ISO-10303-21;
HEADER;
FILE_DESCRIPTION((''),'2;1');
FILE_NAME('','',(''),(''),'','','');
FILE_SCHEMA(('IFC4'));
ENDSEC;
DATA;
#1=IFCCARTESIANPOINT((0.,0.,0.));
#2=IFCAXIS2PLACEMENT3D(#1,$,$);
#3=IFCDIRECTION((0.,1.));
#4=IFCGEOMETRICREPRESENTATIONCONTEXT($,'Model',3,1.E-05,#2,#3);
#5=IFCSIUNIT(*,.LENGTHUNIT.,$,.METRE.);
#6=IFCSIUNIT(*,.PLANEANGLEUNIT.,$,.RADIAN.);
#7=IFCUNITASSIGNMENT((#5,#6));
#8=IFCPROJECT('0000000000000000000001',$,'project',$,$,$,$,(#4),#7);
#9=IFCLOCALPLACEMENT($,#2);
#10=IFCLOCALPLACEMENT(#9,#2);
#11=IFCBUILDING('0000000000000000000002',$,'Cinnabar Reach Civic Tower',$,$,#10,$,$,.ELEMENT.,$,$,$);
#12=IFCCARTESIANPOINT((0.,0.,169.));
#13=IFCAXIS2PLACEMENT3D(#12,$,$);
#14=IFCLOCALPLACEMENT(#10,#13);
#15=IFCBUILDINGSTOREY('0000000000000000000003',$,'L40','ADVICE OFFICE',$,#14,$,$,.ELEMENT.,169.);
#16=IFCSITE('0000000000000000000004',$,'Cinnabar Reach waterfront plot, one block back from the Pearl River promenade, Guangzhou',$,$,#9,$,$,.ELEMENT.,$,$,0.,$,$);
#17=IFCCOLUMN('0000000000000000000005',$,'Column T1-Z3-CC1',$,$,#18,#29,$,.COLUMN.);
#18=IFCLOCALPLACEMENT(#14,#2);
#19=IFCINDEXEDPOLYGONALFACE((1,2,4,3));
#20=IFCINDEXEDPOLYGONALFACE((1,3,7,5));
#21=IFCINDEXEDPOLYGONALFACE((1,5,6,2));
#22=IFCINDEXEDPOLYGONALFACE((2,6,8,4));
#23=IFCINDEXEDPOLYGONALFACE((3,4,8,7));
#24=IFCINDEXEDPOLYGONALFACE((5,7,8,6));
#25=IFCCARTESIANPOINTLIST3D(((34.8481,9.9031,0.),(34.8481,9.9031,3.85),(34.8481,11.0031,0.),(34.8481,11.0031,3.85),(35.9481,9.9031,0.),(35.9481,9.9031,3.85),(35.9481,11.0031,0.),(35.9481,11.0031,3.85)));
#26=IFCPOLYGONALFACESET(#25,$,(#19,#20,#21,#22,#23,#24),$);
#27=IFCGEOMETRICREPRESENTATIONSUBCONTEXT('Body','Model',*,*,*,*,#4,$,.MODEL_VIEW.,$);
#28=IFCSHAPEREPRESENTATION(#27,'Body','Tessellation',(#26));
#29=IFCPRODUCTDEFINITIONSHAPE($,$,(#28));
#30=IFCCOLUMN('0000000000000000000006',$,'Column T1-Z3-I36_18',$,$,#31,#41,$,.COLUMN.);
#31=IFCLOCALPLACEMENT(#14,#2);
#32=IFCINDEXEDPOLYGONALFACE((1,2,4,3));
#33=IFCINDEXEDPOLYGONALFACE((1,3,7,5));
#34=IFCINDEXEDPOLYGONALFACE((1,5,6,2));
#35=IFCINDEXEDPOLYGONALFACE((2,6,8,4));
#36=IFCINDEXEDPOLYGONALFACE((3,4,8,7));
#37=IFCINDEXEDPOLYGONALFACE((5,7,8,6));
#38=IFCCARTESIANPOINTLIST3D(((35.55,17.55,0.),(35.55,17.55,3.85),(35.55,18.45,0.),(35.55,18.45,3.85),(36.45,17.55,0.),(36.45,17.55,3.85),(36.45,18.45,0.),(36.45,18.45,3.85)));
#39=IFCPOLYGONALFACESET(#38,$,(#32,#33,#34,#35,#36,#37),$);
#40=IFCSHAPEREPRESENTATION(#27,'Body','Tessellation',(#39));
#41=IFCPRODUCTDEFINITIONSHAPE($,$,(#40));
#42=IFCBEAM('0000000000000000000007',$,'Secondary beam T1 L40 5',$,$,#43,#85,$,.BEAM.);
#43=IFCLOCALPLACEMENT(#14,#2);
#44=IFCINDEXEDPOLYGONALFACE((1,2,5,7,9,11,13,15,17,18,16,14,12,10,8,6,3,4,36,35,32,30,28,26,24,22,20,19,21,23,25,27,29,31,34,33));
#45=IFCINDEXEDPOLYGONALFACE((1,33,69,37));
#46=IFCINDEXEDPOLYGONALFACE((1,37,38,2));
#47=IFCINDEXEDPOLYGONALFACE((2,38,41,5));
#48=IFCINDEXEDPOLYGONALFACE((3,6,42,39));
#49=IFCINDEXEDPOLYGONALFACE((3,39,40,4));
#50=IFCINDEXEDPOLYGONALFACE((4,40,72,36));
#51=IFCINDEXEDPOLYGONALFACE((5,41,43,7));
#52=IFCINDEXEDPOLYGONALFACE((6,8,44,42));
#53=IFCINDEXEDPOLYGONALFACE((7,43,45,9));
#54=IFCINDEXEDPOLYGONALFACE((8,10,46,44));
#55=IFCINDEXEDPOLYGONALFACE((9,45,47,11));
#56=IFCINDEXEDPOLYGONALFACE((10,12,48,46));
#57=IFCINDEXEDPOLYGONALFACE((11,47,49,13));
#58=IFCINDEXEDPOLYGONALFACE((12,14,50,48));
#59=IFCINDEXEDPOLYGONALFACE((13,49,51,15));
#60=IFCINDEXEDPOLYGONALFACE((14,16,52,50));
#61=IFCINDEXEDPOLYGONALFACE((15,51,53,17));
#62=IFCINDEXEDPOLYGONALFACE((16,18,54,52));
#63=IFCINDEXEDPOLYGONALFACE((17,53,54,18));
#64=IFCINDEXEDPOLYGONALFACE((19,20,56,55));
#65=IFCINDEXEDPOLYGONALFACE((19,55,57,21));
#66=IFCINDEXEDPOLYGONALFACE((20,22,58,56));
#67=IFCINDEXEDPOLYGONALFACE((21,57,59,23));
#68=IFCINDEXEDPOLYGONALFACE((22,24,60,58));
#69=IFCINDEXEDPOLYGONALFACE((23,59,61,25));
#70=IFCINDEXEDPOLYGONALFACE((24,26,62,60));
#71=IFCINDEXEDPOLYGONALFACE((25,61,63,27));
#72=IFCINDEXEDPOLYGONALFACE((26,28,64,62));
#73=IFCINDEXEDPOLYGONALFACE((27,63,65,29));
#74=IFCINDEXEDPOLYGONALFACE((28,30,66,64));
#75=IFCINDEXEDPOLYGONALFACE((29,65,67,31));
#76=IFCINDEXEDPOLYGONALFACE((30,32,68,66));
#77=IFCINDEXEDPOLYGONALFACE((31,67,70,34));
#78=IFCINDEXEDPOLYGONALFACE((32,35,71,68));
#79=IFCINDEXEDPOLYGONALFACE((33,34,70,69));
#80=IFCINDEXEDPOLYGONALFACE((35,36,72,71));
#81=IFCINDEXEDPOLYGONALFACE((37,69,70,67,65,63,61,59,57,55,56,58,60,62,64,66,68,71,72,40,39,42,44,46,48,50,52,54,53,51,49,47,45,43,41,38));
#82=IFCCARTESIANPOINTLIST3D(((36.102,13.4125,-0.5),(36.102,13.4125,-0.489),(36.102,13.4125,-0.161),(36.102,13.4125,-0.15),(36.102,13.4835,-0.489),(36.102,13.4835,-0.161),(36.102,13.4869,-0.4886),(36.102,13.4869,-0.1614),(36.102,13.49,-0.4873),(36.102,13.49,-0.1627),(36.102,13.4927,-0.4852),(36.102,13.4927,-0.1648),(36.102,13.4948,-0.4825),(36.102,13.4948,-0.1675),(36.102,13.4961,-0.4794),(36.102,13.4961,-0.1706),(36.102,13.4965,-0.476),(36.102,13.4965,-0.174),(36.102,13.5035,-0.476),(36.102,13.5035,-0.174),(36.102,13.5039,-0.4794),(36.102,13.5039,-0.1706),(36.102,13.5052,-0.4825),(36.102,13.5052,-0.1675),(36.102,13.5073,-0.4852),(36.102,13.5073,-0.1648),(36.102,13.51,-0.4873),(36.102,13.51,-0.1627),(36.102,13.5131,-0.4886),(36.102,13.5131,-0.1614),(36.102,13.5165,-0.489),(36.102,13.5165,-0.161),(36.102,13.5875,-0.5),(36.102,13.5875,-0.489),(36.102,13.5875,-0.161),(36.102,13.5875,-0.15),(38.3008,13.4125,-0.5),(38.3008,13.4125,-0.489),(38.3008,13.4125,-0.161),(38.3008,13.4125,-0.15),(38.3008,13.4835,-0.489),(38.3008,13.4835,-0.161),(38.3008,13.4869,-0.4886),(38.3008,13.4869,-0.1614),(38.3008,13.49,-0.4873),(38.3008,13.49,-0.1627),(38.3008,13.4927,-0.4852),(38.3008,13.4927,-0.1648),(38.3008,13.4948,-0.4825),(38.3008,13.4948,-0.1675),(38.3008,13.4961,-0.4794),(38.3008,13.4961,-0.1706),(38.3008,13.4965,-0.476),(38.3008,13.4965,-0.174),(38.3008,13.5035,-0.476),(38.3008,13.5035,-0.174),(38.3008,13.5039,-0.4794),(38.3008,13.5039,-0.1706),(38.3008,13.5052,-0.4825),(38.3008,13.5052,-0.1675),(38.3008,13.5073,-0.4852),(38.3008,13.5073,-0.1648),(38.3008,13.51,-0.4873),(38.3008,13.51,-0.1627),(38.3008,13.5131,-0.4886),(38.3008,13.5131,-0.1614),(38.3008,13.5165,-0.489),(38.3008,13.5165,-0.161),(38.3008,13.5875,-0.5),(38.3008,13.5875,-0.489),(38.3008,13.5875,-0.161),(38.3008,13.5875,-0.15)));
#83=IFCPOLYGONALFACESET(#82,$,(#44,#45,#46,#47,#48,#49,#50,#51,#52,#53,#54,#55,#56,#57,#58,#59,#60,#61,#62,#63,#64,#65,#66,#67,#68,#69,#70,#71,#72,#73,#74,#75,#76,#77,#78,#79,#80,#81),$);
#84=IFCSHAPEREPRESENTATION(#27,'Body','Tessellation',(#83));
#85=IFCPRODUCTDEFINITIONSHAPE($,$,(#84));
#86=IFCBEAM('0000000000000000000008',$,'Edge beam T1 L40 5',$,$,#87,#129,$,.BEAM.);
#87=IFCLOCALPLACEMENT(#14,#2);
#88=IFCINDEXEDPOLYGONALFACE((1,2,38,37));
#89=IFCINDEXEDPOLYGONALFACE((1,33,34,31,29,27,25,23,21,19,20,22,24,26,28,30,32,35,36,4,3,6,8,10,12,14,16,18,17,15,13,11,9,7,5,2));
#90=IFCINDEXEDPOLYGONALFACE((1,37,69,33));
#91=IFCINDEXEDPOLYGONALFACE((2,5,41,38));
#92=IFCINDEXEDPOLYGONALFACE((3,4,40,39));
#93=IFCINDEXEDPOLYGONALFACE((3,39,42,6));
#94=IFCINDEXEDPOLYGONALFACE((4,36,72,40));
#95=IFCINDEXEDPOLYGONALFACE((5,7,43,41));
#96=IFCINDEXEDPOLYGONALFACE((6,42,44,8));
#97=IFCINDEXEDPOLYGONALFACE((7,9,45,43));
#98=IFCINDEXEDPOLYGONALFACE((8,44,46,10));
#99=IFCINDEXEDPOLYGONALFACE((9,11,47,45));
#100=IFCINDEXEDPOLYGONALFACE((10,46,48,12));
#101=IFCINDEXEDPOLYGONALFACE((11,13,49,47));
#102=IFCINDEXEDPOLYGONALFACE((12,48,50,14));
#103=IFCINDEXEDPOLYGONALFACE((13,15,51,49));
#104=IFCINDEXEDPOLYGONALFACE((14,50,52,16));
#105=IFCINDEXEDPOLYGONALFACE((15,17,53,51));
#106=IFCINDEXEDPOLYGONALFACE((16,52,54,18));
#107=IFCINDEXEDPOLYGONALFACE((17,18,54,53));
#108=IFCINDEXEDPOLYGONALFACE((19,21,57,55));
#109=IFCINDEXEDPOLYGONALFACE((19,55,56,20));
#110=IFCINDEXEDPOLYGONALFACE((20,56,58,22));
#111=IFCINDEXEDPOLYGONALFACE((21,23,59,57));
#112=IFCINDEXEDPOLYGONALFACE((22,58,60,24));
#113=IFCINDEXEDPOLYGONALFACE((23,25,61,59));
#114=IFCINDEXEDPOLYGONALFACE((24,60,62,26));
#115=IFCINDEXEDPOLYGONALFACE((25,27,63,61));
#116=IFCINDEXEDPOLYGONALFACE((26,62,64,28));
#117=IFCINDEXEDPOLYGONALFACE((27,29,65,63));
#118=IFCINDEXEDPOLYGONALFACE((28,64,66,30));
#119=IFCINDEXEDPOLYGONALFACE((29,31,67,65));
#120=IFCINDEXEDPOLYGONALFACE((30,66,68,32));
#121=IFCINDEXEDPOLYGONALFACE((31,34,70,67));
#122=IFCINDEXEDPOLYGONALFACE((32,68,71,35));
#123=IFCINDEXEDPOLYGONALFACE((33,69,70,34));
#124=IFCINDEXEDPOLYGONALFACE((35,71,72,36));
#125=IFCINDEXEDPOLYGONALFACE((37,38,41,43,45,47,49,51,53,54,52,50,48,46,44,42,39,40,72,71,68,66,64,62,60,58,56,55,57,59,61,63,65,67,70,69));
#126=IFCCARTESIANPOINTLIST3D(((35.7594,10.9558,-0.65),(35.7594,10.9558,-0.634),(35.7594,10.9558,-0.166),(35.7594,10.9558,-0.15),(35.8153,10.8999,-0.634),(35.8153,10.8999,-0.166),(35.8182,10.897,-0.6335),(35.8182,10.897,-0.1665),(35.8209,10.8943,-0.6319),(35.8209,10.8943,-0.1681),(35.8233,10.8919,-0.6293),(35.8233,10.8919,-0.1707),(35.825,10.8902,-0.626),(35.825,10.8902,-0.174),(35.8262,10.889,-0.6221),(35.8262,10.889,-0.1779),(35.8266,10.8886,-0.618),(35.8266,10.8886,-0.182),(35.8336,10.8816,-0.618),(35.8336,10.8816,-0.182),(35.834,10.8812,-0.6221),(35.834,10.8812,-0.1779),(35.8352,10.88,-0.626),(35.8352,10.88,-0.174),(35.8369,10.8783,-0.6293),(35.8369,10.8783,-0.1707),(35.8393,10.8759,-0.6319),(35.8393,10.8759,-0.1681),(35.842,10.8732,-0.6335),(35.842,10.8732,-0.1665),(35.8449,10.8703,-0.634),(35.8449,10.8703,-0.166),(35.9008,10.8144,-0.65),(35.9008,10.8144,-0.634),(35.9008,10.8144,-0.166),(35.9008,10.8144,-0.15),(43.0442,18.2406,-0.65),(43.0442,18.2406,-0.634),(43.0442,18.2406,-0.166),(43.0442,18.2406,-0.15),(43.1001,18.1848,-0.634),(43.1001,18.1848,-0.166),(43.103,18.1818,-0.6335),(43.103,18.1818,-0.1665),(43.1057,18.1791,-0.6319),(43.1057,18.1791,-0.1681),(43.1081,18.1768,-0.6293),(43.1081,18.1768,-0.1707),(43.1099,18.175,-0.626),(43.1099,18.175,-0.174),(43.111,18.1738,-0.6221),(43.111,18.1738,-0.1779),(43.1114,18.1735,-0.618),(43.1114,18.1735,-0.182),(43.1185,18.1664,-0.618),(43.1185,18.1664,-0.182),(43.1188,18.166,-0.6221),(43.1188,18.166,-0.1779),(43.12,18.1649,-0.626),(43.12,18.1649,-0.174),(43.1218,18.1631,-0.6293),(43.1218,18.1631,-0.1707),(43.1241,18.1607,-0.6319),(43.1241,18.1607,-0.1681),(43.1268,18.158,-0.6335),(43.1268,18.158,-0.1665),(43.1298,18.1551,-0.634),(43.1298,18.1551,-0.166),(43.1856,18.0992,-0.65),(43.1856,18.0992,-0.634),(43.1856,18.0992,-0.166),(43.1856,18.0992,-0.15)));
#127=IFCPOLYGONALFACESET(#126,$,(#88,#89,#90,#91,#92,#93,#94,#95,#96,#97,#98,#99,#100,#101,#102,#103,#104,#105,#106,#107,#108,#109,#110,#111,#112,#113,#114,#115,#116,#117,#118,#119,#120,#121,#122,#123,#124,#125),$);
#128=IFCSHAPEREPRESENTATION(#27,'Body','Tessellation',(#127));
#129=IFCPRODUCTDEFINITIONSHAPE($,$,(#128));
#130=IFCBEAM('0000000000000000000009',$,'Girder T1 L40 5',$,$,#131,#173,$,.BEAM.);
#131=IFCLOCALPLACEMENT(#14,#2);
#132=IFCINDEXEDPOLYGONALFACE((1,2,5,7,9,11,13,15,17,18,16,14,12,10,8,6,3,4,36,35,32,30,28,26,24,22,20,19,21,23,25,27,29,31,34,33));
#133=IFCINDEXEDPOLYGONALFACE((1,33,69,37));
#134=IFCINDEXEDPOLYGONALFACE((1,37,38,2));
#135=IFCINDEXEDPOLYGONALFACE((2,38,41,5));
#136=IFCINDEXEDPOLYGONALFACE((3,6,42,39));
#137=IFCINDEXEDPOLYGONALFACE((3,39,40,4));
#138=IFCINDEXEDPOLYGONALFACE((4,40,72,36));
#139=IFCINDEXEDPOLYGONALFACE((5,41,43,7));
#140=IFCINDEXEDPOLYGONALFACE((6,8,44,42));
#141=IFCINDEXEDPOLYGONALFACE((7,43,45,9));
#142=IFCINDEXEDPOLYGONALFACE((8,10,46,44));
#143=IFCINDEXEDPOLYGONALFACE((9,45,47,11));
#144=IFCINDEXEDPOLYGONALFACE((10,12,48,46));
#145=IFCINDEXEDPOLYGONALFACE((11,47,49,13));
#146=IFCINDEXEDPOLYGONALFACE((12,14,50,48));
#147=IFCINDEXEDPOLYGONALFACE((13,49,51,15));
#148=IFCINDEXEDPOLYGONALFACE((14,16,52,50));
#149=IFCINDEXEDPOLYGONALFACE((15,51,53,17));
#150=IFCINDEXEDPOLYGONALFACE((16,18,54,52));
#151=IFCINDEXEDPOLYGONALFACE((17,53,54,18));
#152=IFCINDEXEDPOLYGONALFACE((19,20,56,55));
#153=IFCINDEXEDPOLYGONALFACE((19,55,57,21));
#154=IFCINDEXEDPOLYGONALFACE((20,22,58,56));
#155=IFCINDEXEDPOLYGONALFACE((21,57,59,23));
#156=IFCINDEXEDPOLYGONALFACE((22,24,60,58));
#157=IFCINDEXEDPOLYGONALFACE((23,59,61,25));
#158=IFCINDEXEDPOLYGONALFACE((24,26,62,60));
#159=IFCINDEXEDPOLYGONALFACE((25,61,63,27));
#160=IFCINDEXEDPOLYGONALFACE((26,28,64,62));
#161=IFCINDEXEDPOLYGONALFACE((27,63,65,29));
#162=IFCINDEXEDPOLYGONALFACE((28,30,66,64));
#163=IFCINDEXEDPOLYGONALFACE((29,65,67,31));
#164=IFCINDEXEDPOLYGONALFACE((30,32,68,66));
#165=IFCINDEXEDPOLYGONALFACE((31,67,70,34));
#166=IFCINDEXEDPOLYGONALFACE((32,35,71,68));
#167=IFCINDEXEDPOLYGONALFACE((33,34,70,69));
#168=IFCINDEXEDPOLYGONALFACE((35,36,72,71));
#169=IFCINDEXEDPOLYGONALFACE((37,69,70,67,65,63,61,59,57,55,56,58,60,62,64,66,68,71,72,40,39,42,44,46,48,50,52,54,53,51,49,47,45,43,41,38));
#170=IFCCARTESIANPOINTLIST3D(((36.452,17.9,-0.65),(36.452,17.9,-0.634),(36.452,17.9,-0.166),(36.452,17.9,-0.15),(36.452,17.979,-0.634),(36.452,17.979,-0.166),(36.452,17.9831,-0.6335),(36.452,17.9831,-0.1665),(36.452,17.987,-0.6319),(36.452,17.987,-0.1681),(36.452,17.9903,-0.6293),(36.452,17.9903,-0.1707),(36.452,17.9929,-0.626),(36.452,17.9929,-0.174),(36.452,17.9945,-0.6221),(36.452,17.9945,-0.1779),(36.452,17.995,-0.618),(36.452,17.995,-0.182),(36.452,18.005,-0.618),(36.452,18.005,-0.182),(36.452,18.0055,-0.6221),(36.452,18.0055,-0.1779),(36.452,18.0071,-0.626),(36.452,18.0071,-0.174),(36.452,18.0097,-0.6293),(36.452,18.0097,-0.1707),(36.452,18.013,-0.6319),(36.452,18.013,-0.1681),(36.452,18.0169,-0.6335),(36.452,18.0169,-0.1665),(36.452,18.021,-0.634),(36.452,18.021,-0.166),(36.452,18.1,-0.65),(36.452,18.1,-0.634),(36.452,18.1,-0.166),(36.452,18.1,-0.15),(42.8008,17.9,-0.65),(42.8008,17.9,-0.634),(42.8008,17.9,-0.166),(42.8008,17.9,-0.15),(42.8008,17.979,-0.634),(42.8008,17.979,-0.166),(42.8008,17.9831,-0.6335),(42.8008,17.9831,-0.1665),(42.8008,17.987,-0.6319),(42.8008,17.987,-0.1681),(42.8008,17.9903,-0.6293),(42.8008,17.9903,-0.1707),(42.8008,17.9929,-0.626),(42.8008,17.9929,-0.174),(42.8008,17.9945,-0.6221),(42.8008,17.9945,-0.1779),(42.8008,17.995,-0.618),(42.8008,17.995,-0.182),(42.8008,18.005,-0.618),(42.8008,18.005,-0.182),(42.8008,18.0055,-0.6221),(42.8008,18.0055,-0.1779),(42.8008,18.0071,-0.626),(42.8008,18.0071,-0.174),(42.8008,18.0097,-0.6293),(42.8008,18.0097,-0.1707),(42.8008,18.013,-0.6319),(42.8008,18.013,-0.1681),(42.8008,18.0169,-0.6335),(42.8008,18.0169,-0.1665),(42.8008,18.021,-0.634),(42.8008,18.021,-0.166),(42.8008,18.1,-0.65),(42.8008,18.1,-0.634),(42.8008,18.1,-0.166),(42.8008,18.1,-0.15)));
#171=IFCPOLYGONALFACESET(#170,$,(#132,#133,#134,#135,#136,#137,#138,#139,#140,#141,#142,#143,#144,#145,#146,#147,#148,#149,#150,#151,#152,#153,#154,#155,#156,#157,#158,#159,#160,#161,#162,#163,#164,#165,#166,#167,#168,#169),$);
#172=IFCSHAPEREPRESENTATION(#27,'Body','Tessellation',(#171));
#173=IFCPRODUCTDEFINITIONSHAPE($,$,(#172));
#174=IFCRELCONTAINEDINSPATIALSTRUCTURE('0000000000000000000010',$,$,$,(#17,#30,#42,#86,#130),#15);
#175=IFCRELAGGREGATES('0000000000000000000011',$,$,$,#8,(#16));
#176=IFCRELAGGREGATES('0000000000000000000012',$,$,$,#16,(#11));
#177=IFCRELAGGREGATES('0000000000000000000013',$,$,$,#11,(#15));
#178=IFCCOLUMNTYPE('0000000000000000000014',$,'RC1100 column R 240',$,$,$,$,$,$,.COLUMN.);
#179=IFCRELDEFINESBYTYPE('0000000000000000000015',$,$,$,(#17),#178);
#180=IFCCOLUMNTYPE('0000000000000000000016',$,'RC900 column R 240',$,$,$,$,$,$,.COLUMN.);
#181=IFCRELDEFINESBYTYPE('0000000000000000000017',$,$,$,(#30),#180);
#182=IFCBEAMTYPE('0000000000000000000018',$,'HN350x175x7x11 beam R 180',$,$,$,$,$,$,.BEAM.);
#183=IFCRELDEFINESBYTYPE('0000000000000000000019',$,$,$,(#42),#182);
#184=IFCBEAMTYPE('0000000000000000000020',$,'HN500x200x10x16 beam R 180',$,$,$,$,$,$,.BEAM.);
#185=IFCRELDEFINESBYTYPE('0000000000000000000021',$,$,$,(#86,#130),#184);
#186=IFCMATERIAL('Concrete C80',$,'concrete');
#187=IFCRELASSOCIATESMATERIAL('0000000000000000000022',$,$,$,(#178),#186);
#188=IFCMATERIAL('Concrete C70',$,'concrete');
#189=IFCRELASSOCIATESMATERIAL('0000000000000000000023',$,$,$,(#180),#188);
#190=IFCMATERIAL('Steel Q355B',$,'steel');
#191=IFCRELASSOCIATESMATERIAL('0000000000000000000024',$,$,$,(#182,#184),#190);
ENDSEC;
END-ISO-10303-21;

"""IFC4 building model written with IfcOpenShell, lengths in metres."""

from ifc_helpers import new_model, si_unit, direction, frame, origin, origin_2d, place, context, subcontext, project, spatial, rectangle, i_section, extrude, material, material_profile, profile_set, type_object, element, save


model = new_model("IFC4")

# Units and contexts
model_context = context("Model", 3, precision=1e-05, world=origin(), true_north=direction((0.0, 1.0)))
body_context = subcontext(model_context, "Body", "Model", "MODEL_VIEW")
ifc_project = project(units=[si_unit("LENGTHUNIT", "METRE"), si_unit("PLANEANGLEUNIT", "RADIAN")], contexts=[model_context])

# Site, building, storey
site_placement = place(None, origin())
site = spatial("IfcSite", under=ifc_project, at=site_placement, Name="Cinnabar Reach waterfront plot, one block back from the Pearl River promenade, Guangzhou", CompositionType="ELEMENT", RefElevation=0.0)
building_placement = place(site_placement, origin())
building = spatial("IfcBuilding", under=site, at=building_placement, Name="Cinnabar Reach Civic Tower", CompositionType="ELEMENT")
storey_placement = place(building_placement, frame((0.0, 0.0, 169.0)))
storey = spatial("IfcBuildingStorey", under=building, at=storey_placement, Name="L40", Description="ADVICE OFFICE", CompositionType="ELEMENT", Elevation=169.0)

# Columns
ifc_material_1 = material(Name="Concrete C80", Category="concrete")
ifc_material_profile_1 = material_profile(ifc_material_1, rectangle(XDim=1.1, YDim=1.1, at=origin_2d()), Name="RC1100")
ifc_profile_set_1 = profile_set([ifc_material_profile_1], Name="Concrete C80")
column_type_1 = type_object("IfcColumnType", Name="RC1100 column R 240", PredefinedType="COLUMN", material=ifc_profile_set_1)
column_1_placement = place(storey_placement, frame((35.3981, 10.4531, 0.0), z_axis=(0.0, 0.0, 1.0), x_axis=(1.0, 0.0, 0.0)))
element("IfcColumn", 1, at=column_1_placement, inside=storey, type_object=column_type_1, Name="Column T1-Z3-CC1", PredefinedType="COLUMN", context=body_context, shape_type="SweptSolid", body=[
    extrude(rectangle(XDim=1.1, YDim=1.1, at=origin_2d()), origin(), (0.0, 0.0, 1.0), 3.85),
])
ifc_material_2 = material(Name="Concrete C70", Category="concrete")
ifc_material_profile_2 = material_profile(ifc_material_2, rectangle(XDim=0.9, YDim=0.9, at=origin_2d()), Name="RC900")
ifc_profile_set_2 = profile_set([ifc_material_profile_2], Name="Concrete C70")
column_type_2 = type_object("IfcColumnType", Name="RC900 column R 240", PredefinedType="COLUMN", material=ifc_profile_set_2)
column_2_placement = place(storey_placement, frame((36.0, 18.0, 0.0), z_axis=(0.0, 0.0, 1.0), x_axis=(1.0, 0.0, 0.0)))
element("IfcColumn", 2, at=column_2_placement, inside=storey, type_object=column_type_2, Name="Column T1-Z3-I36_18", PredefinedType="COLUMN", context=body_context, shape_type="SweptSolid", body=[
    extrude(rectangle(XDim=0.9, YDim=0.9, at=origin_2d()), origin(), (0.0, 0.0, 1.0), 3.85),
])

# Beams
ifc_material_3 = material(Name="Steel Q355B", Category="steel")
ifc_material_profile_3 = material_profile(ifc_material_3, i_section(OverallWidth=0.175, OverallDepth=0.35, WebThickness=0.007, FlangeThickness=0.011, FilletRadius=0.013, at=origin_2d()), Name="HN350x175x7x11")
ifc_profile_set_3 = profile_set([ifc_material_profile_3], Name="Steel Q355B")
beam_type_1 = type_object("IfcBeamType", Name="HN350x175x7x11 beam R 180", PredefinedType="BEAM", material=ifc_profile_set_3)
beam_1_placement = place(storey_placement, frame((36.102, 13.5, -0.325), z_axis=(1.0, 0.0, 0.0), x_axis=(0.0, 1.0, 0.0)))
element("IfcBeam", 3, at=beam_1_placement, inside=storey, type_object=beam_type_1, Name="Secondary beam T1 L40 5", PredefinedType="BEAM", context=body_context, shape_type="SweptSolid", body=[
    extrude(i_section(OverallWidth=0.175, OverallDepth=0.35, WebThickness=0.007, FlangeThickness=0.011, FilletRadius=0.013, at=origin_2d()), origin(), (0.0, 0.0, 1.0), 2.1988),
])
ifc_material_profile_4 = material_profile(ifc_material_3, i_section(OverallWidth=0.2, OverallDepth=0.5, WebThickness=0.01, FlangeThickness=0.016, FilletRadius=0.016, at=origin_2d()), Name="HN500x200x10x16")
ifc_profile_set_4 = profile_set([ifc_material_profile_4], Name="Steel Q355B")
beam_type_2 = type_object("IfcBeamType", Name="HN500x200x10x16 beam R 180", PredefinedType="BEAM", material=ifc_profile_set_4)
beam_2_placement = place(storey_placement, frame((35.8301, 10.8851, -0.4), z_axis=(0.707107, 0.707107, 0.0), x_axis=(-0.707107, 0.707107, 0.0)))
element("IfcBeam", 4, at=beam_2_placement, inside=storey, type_object=beam_type_2, Name="Edge beam T1 L40 5", PredefinedType="BEAM", context=body_context, shape_type="SweptSolid", body=[
    extrude(i_section(OverallWidth=0.2, OverallDepth=0.5, WebThickness=0.01, FlangeThickness=0.016, FilletRadius=0.016, at=origin_2d()), origin(), (0.0, 0.0, 1.0), 10.3023),
])
for number, where, z_axis, x_axis, name in (
    (5, (36.452, 18.0, -0.4), (1.0, 0.0, 0.0), (0.0, 1.0, 0.0), "Girder T1 L40 5"),
):
    element("IfcBeam", number, at=place(storey_placement, frame(where, z_axis=z_axis, x_axis=x_axis)), inside=storey, type_object=beam_type_2, Name=name, PredefinedType="BEAM", context=body_context, shape_type="SweptSolid", body=[
        extrude(i_section(OverallWidth=0.2, OverallDepth=0.5, WebThickness=0.01, FlangeThickness=0.016, FilletRadius=0.016, at=origin_2d()), origin(), (0.0, 0.0, 1.0), 6.3488),
    ])

save(model, "model.ifc")
